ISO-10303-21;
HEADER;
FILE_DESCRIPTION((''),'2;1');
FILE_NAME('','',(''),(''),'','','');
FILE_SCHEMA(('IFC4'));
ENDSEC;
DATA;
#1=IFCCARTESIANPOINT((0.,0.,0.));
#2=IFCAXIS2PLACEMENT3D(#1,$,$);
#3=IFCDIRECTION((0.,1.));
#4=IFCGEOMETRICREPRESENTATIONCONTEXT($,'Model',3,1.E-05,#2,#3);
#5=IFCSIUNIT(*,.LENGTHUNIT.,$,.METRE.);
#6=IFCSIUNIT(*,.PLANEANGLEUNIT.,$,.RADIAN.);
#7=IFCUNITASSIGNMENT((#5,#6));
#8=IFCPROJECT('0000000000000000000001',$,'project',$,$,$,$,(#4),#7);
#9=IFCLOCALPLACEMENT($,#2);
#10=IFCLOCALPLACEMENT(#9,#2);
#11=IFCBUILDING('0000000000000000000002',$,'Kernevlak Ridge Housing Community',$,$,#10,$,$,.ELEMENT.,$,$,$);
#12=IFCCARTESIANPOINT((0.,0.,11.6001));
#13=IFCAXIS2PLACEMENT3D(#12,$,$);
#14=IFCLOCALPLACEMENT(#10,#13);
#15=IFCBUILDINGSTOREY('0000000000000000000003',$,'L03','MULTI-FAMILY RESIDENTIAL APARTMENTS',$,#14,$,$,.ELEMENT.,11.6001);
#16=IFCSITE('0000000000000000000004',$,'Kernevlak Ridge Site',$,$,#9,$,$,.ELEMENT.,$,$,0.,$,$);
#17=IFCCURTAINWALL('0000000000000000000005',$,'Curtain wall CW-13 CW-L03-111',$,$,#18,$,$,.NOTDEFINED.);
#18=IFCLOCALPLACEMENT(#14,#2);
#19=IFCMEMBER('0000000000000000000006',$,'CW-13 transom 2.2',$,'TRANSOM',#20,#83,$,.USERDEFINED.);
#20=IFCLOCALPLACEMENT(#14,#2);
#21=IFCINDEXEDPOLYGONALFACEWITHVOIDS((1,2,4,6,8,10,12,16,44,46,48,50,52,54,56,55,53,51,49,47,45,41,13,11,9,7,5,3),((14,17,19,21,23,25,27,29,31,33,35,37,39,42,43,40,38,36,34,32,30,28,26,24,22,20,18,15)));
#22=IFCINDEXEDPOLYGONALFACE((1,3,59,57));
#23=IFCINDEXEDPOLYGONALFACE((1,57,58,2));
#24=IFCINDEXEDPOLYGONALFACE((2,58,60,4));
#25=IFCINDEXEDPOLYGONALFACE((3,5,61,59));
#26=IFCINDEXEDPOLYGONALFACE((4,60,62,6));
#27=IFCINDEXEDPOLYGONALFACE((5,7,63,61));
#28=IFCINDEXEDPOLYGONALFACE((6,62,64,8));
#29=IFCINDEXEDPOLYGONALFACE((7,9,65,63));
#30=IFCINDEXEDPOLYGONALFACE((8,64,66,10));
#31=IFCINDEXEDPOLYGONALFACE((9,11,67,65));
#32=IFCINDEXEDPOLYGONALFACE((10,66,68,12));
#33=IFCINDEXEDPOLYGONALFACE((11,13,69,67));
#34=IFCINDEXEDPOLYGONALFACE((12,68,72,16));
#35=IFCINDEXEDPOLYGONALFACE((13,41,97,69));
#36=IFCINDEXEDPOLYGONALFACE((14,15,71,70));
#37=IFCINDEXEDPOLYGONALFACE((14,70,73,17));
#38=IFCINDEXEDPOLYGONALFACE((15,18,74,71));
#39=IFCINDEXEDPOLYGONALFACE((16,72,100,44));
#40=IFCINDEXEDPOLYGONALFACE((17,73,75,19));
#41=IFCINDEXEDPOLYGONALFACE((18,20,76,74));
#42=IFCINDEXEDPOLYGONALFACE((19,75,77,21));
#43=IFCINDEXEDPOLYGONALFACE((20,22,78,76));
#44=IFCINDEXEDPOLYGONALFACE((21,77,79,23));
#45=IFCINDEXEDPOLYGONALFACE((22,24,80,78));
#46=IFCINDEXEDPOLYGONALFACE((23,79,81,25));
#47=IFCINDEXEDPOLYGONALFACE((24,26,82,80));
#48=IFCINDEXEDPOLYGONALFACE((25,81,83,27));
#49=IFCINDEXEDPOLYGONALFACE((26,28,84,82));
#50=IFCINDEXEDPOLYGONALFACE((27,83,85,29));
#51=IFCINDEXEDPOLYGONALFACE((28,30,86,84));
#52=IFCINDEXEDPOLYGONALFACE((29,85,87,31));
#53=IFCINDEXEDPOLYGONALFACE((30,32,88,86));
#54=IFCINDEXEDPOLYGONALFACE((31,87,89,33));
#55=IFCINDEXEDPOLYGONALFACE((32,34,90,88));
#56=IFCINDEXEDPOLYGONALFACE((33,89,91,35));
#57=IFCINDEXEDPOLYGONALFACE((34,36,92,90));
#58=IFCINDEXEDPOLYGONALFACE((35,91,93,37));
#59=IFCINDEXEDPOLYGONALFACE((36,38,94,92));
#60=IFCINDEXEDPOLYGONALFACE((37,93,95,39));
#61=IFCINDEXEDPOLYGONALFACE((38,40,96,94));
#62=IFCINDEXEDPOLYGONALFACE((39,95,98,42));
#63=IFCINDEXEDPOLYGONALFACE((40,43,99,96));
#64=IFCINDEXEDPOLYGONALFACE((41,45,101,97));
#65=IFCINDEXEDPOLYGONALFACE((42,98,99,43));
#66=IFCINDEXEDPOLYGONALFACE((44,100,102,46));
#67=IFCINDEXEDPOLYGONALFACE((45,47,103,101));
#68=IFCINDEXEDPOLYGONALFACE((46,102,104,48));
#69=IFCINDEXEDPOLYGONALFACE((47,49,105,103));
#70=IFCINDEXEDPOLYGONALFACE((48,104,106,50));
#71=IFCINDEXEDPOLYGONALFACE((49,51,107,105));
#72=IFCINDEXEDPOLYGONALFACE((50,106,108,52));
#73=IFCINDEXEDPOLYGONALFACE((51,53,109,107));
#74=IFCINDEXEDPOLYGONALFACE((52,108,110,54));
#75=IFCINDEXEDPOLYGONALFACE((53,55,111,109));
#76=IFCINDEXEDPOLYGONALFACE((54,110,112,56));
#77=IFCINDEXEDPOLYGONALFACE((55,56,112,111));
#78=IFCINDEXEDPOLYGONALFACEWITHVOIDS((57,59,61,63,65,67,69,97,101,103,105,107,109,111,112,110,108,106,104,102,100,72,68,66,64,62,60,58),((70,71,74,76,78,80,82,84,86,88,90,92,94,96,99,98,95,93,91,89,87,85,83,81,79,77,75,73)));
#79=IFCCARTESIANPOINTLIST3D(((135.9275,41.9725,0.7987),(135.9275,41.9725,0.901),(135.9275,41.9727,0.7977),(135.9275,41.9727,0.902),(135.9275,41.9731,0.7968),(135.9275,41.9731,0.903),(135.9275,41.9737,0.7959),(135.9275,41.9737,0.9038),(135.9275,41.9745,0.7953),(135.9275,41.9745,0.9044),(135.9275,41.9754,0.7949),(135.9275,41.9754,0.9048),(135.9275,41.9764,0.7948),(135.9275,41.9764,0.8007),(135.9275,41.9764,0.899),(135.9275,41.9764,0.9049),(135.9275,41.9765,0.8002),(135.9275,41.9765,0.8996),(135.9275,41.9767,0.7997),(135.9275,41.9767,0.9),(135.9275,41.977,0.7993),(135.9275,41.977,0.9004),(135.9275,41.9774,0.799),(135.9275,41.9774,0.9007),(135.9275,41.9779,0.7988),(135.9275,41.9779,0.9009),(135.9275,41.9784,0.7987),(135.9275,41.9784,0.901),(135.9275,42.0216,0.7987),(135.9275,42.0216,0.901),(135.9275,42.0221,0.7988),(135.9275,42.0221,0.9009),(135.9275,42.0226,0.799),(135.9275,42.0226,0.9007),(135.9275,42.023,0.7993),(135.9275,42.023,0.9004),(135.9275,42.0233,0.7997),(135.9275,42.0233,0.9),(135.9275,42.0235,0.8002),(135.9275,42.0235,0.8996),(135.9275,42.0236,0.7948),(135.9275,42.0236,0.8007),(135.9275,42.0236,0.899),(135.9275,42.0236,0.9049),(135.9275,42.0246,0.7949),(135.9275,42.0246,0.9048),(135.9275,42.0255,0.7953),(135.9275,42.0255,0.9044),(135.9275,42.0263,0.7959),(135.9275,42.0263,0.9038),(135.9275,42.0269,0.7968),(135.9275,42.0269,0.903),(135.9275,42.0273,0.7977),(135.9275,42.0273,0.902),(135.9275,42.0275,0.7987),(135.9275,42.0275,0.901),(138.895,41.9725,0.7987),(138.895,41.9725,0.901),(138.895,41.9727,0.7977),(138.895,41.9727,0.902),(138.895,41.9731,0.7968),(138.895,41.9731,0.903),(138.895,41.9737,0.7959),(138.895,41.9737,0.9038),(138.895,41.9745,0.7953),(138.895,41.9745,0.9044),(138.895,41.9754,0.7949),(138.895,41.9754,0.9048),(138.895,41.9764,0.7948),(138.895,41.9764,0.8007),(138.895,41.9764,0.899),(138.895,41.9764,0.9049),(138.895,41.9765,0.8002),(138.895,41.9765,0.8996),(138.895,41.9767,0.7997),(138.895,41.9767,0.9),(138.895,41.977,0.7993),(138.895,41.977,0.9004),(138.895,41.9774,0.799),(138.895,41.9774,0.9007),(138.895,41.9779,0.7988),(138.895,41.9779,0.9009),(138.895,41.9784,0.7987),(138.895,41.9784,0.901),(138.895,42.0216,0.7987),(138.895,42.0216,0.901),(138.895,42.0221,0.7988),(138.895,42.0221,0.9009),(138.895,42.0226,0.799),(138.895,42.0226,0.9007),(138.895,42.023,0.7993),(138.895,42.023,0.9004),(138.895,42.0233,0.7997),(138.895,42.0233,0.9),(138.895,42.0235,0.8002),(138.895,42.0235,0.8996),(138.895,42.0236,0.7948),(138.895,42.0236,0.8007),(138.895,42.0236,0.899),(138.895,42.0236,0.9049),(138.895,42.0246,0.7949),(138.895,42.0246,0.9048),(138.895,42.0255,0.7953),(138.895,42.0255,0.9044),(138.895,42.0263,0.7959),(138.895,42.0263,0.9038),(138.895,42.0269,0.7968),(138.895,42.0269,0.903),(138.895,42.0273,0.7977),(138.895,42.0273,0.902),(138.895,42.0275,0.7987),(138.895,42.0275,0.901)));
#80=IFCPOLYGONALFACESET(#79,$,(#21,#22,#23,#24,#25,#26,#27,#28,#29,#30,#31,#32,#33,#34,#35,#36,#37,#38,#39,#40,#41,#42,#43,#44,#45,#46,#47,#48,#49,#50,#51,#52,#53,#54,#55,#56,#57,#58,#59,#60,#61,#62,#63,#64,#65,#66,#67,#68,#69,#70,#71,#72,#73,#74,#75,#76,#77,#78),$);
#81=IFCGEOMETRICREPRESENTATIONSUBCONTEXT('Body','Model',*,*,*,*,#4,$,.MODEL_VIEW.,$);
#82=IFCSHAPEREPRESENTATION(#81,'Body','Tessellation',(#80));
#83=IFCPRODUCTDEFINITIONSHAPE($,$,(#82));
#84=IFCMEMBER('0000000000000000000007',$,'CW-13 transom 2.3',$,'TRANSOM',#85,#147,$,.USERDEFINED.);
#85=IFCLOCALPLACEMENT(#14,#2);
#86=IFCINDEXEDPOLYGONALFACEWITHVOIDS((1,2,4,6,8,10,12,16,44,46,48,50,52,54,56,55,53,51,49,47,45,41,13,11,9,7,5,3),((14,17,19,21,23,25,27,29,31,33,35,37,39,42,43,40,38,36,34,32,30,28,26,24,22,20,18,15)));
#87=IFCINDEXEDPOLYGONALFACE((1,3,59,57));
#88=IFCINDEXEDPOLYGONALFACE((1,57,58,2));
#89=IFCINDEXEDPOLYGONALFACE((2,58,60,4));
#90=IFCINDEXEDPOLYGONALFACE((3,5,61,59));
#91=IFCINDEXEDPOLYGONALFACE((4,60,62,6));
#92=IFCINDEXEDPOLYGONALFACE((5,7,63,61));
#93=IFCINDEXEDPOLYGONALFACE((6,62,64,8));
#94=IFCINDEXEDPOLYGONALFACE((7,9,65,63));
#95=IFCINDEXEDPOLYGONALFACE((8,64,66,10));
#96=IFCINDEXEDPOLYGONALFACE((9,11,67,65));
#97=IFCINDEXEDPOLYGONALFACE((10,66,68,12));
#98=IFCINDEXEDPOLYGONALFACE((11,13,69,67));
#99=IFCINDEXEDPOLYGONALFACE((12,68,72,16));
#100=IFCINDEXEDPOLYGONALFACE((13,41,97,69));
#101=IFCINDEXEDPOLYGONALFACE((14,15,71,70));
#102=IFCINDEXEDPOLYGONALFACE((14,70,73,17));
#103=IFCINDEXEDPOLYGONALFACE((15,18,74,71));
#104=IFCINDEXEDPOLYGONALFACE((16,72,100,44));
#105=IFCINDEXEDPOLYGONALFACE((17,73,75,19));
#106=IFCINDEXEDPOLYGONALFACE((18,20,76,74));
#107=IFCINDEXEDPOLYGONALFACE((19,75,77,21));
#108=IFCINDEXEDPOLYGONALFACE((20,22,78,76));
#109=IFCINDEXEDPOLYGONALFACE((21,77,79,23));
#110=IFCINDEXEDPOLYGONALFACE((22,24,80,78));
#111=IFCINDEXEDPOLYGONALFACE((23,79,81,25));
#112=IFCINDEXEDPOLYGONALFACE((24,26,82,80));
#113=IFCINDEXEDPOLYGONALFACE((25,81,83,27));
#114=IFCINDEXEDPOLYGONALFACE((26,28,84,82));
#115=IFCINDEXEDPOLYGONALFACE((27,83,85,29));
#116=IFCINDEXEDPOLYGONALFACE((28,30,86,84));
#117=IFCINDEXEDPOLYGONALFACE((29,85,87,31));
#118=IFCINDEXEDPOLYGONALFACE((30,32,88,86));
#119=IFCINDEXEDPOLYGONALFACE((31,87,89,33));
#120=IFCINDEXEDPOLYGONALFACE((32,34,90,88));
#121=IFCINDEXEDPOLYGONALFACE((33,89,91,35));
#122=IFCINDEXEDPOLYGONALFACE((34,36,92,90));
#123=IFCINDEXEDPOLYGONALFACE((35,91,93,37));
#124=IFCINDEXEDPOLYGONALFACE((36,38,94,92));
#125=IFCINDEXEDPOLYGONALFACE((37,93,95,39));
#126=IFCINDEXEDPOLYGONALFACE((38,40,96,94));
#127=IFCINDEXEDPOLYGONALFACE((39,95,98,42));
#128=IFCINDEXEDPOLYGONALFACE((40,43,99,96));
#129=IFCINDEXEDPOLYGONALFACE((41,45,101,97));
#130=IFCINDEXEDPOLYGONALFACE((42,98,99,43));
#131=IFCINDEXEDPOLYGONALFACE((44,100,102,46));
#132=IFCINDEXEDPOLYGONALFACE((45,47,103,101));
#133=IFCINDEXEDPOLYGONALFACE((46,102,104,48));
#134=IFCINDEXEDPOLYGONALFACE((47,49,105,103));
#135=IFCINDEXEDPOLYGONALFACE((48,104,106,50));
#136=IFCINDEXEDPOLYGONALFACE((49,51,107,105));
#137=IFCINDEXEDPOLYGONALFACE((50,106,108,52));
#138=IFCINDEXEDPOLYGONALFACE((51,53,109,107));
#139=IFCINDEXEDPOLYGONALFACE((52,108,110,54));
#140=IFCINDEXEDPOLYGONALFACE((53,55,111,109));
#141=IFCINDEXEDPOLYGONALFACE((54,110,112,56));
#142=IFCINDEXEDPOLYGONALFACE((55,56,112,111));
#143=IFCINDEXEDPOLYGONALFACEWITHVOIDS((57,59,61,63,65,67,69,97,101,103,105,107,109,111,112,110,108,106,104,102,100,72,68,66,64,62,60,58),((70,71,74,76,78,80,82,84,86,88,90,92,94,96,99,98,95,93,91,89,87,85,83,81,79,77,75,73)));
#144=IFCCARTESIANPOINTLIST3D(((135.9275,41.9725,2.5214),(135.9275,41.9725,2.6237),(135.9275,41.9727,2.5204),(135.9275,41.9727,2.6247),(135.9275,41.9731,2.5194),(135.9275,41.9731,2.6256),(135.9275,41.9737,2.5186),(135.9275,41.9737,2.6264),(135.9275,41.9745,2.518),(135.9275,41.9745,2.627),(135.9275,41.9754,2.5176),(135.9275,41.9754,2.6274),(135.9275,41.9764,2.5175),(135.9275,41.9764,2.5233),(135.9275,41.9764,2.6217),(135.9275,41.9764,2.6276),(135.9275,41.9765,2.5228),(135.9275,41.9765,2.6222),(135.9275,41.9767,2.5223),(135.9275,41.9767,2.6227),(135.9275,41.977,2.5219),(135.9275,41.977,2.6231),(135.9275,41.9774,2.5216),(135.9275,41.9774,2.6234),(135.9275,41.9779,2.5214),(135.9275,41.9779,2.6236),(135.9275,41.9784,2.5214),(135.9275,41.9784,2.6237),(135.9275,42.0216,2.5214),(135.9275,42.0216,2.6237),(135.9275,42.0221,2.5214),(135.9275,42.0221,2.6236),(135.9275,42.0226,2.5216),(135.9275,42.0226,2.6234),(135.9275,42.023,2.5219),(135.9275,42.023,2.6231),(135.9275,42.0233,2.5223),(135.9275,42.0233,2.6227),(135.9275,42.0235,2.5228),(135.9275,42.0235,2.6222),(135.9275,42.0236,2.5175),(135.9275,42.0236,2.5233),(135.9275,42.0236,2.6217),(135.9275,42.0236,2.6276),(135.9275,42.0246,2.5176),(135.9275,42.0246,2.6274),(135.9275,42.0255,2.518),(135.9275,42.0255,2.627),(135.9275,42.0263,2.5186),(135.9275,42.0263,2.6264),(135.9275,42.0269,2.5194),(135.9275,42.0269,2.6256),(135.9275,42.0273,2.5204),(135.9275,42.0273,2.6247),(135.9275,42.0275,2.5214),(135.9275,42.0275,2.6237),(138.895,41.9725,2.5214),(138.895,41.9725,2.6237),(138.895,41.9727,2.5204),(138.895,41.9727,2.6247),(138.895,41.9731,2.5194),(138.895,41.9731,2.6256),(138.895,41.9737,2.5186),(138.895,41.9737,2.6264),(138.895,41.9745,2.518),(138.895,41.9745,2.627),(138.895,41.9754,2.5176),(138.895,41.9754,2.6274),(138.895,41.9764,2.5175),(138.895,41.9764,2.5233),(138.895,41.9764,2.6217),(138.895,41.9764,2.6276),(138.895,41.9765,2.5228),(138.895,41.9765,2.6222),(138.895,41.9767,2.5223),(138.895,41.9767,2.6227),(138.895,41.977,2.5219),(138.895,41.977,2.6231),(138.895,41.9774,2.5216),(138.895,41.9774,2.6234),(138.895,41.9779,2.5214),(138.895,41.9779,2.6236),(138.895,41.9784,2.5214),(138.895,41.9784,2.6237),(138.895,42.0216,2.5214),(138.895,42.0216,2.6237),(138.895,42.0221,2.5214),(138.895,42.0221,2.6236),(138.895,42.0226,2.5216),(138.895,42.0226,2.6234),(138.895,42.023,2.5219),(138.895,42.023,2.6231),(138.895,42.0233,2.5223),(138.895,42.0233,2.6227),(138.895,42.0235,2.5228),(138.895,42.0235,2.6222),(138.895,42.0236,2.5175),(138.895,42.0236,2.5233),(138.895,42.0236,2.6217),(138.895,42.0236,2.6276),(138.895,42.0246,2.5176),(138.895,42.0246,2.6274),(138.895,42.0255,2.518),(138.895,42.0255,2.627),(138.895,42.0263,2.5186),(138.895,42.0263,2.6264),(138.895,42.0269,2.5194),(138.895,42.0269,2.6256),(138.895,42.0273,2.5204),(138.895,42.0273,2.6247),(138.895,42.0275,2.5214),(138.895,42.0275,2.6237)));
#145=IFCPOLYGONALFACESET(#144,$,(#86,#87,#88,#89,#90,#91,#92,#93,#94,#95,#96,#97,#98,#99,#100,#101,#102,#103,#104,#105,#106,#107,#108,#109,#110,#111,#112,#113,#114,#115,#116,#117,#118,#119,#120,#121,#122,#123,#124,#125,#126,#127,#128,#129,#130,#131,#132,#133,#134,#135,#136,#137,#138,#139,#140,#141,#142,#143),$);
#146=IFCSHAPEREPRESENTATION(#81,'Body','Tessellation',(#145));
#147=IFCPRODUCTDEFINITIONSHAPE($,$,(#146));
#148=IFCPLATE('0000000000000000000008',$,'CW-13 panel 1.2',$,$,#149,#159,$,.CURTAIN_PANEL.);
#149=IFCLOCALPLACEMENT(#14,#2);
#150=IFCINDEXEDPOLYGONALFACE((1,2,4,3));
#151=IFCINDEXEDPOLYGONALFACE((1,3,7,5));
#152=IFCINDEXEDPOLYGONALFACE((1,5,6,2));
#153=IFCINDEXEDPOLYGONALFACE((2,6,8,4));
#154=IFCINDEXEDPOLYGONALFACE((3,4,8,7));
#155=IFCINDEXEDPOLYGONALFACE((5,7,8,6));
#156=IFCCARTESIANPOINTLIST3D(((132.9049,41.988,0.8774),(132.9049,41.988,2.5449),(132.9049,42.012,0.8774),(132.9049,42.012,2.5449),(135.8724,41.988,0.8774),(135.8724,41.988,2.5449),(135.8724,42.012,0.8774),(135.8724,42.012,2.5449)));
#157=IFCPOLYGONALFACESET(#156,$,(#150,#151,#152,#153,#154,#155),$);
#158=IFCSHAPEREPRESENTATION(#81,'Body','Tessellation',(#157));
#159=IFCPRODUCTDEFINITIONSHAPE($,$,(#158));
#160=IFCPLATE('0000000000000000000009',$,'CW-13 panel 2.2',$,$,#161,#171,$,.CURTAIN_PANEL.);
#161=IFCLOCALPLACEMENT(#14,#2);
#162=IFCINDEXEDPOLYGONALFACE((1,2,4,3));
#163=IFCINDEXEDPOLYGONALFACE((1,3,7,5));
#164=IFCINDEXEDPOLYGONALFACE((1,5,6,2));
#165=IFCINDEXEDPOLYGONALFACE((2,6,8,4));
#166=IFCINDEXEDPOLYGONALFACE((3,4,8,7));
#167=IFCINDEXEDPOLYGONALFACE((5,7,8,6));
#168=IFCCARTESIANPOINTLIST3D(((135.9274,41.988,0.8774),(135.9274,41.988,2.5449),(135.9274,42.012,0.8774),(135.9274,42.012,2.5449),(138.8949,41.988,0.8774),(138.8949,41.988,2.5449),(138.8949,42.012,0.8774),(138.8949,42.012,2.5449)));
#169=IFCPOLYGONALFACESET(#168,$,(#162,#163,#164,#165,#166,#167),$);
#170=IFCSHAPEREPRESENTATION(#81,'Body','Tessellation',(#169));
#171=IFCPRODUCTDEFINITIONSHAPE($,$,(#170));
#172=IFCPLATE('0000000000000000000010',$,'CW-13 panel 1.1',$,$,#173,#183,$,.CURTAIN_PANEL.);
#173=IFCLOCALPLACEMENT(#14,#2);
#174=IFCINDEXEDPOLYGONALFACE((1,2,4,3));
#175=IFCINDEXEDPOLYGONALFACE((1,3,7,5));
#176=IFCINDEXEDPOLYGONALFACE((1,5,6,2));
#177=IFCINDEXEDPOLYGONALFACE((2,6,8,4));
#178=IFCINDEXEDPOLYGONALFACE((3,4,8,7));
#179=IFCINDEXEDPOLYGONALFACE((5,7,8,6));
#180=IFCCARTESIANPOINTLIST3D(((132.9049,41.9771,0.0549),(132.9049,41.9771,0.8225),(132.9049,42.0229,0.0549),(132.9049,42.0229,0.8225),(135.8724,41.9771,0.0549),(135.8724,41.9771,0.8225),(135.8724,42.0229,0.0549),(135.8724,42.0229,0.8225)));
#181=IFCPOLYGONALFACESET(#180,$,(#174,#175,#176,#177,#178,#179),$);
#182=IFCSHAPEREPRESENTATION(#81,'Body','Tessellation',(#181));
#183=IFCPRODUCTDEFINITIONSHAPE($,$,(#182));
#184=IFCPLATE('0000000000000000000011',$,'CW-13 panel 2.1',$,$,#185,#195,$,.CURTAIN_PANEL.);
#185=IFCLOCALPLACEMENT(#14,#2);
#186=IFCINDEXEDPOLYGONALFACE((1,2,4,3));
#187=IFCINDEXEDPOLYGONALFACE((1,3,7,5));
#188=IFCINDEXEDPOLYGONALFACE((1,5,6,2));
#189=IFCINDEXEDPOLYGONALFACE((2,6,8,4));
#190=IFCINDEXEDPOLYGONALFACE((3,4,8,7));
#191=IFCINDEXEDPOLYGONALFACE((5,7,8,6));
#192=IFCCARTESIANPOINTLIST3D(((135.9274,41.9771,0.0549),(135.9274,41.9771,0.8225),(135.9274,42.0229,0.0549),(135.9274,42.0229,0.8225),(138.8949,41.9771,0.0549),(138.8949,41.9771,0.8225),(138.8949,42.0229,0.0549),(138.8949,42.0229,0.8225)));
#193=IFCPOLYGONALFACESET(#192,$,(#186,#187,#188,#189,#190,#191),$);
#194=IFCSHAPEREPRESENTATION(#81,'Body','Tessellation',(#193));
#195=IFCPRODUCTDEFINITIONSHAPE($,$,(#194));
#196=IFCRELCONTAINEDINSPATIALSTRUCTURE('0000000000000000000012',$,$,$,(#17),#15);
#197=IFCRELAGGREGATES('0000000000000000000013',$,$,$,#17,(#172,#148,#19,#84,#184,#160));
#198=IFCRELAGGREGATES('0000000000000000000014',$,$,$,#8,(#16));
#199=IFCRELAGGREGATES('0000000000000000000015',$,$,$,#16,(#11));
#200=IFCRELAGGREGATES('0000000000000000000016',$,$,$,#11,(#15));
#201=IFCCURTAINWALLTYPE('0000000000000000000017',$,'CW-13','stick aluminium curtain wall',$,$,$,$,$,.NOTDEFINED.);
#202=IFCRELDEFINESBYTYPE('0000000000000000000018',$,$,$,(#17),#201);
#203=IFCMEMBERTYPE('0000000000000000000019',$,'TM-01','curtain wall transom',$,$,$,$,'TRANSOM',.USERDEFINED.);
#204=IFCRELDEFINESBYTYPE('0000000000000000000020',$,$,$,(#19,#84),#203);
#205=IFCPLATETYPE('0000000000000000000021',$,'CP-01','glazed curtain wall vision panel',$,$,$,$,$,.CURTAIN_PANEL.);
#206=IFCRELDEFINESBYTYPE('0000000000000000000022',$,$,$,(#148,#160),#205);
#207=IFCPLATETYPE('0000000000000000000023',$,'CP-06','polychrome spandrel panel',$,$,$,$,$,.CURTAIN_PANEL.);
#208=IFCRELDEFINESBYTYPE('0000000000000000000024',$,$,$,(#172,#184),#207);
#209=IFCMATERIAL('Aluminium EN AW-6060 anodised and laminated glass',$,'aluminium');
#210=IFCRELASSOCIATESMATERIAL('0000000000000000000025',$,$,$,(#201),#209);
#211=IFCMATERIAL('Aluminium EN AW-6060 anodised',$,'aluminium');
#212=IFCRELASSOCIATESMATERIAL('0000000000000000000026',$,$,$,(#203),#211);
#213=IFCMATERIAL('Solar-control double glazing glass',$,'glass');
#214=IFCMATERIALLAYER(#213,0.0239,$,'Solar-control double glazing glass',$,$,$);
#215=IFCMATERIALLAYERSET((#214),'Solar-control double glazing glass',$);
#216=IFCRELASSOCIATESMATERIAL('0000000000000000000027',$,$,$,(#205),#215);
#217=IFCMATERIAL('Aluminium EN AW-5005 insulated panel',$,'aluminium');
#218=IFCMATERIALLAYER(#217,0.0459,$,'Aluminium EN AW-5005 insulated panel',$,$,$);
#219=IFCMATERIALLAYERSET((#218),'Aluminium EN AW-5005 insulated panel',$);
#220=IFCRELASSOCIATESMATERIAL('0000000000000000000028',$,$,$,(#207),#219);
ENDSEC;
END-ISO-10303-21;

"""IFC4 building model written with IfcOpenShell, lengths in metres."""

from ifc_helpers import new_model, si_unit, direction, frame, origin, origin_2d, place, context, subcontext, project, spatial, rectangle, hollow_rectangle, extrude, material, layer, layer_set, material_profile, profile_set, type_object, element, aggregate, save


model = new_model("IFC4")

# Units and contexts
model_context = context("Model", 3, precision=1e-05, world=origin(), true_north=direction((0.0, 1.0)))
body_context = subcontext(model_context, "Body", "Model", "MODEL_VIEW")
ifc_project = project(units=[si_unit("LENGTHUNIT", "METRE"), si_unit("PLANEANGLEUNIT", "RADIAN")], contexts=[model_context])

# Site, building, storey
site_placement = place(None, origin())
site = spatial("IfcSite", under=ifc_project, at=site_placement, Name="Kernevlak Ridge Site", CompositionType="ELEMENT", RefElevation=0.0)
building_placement = place(site_placement, origin())
building = spatial("IfcBuilding", under=site, at=building_placement, Name="Kernevlak Ridge Housing Community", CompositionType="ELEMENT")
storey_placement = place(building_placement, frame((0.0, 0.0, 11.6001)))
storey = spatial("IfcBuildingStorey", under=building, at=storey_placement, Name="L03", Description="MULTI-FAMILY RESIDENTIAL APARTMENTS", CompositionType="ELEMENT", Elevation=11.6001)

# Curtain wall
ifc_material_1 = material(Name="Aluminium EN AW-6060 anodised and laminated glass", Category="aluminium")
curtain_wall_type = type_object("IfcCurtainWallType", Name="CW-13", Description="stick aluminium curtain wall", PredefinedType="NOTDEFINED", material=ifc_material_1)
curtain_wall_placement = place(storey_placement, origin())
curtain_wall = element("IfcCurtainWall", 1, at=curtain_wall_placement, inside=storey, type_object=curtain_wall_type, Name="Curtain wall CW-13 CW-L03-111", PredefinedType="NOTDEFINED")
ifc_material_2 = material(Name="Aluminium EN AW-6060 anodised", Category="aluminium")

# Members
ifc_material_profile_1 = material_profile(ifc_material_2, hollow_rectangle(XDim=0.0549, YDim=0.1101, WallThickness=0.0039, InnerFilletRadius=0.002, OuterFilletRadius=0.0039, at=origin_2d()), Name="ALU 55x110x4")
ifc_profile_set_1 = profile_set([ifc_material_profile_1], Name="Aluminium EN AW-6060 anodised")
member_type_1 = type_object("IfcMemberType", Name="TM-01", Description="curtain wall transom", ElementType="TRANSOM", PredefinedType="USERDEFINED", material=ifc_profile_set_1)
member_1_placement = place(storey_placement, frame((135.9275, 42.0, 0.8499), z_axis=(1.0, 0.0, 0.0), x_axis=(0.0, 1.0, 0.0)))
member_1 = element("IfcMember", 2, at=member_1_placement, type_object=member_type_1, Name="CW-13 transom 2.2", ObjectType="TRANSOM", PredefinedType="USERDEFINED", context=body_context, shape_type="SweptSolid", body=[
    extrude(hollow_rectangle(XDim=0.0549, YDim=0.1101, WallThickness=0.0039, InnerFilletRadius=0.002, OuterFilletRadius=0.0039, at=origin_2d()), origin(), (0.0, 0.0, 1.0), 2.9675),
])
member_2_placement = place(storey_placement, frame((135.9275, 42.0, 2.5725), z_axis=(1.0, 0.0, 0.0), x_axis=(0.0, 1.0, 0.0)))
member_2 = element("IfcMember", 3, at=member_2_placement, type_object=member_type_1, Name="CW-13 transom 2.3", ObjectType="TRANSOM", PredefinedType="USERDEFINED", context=body_context, shape_type="SweptSolid", body=[
    extrude(hollow_rectangle(XDim=0.0549, YDim=0.1101, WallThickness=0.0039, InnerFilletRadius=0.002, OuterFilletRadius=0.0039, at=origin_2d()), origin(), (0.0, 0.0, 1.0), 2.9675),
])

# Plates
ifc_material_3 = material(Name="Solar-control double glazing glass", Category="glass")
ifc_layer_1 = layer(ifc_material_3, 0.0239, Name="Solar-control double glazing glass")
ifc_layer_set_1 = layer_set([ifc_layer_1], Name="Solar-control double glazing glass")
plate_type_1 = type_object("IfcPlateType", Name="CP-01", Description="glazed curtain wall vision panel", PredefinedType="CURTAIN_PANEL", material=ifc_layer_set_1)
plate_1_placement = place(storey_placement, frame((134.3887, 42.0, 0.8774), z_axis=(0.0, 0.0, 1.0), x_axis=(1.0, 0.0, 0.0)))
plate_1 = element("IfcPlate", 4, at=plate_1_placement, type_object=plate_type_1, Name="CW-13 panel 1.2", PredefinedType="CURTAIN_PANEL", context=body_context, shape_type="SweptSolid", body=[
    extrude(rectangle(XDim=2.9675, YDim=0.0239, at=origin_2d()), origin(), (0.0, 0.0, 1.0), 1.6675),
])
plate_2_placement = place(storey_placement, frame((137.4111, 42.0, 0.8774), z_axis=(0.0, 0.0, 1.0), x_axis=(1.0, 0.0, 0.0)))
plate_2 = element("IfcPlate", 5, at=plate_2_placement, type_object=plate_type_1, Name="CW-13 panel 2.2", PredefinedType="CURTAIN_PANEL", context=body_context, shape_type="SweptSolid", body=[
    extrude(rectangle(XDim=2.9675, YDim=0.0239, at=origin_2d()), origin(), (0.0, 0.0, 1.0), 1.6675),
])
ifc_material_4 = material(Name="Aluminium EN AW-5005 insulated panel", Category="aluminium")
ifc_layer_2 = layer(ifc_material_4, 0.0459, Name="Aluminium EN AW-5005 insulated panel")
ifc_layer_set_2 = layer_set([ifc_layer_2], Name="Aluminium EN AW-5005 insulated panel")
plate_type_2 = type_object("IfcPlateType", Name="CP-06", Description="polychrome spandrel panel", PredefinedType="CURTAIN_PANEL", material=ifc_layer_set_2)
plate_3_placement = place(storey_placement, frame((134.3887, 42.0, 0.0549), z_axis=(0.0, 0.0, 1.0), x_axis=(1.0, 0.0, 0.0)))
plate_3 = element("IfcPlate", 6, at=plate_3_placement, type_object=plate_type_2, Name="CW-13 panel 1.1", PredefinedType="CURTAIN_PANEL", context=body_context, shape_type="SweptSolid", body=[
    extrude(rectangle(XDim=2.9675, YDim=0.0459, at=origin_2d()), origin(), (0.0, 0.0, 1.0), 0.7676),
])
plate_4_placement = place(storey_placement, frame((137.4111, 42.0, 0.0549), z_axis=(0.0, 0.0, 1.0), x_axis=(1.0, 0.0, 0.0)))
plate_4 = element("IfcPlate", 7, at=plate_4_placement, type_object=plate_type_2, Name="CW-13 panel 2.1", PredefinedType="CURTAIN_PANEL", context=body_context, shape_type="SweptSolid", body=[
    extrude(rectangle(XDim=2.9675, YDim=0.0459, at=origin_2d()), origin(), (0.0, 0.0, 1.0), 0.7676),
])
aggregate(curtain_wall, [plate_3, plate_1, member_1, member_2, plate_4, plate_2])

save(model, "model.ifc")
